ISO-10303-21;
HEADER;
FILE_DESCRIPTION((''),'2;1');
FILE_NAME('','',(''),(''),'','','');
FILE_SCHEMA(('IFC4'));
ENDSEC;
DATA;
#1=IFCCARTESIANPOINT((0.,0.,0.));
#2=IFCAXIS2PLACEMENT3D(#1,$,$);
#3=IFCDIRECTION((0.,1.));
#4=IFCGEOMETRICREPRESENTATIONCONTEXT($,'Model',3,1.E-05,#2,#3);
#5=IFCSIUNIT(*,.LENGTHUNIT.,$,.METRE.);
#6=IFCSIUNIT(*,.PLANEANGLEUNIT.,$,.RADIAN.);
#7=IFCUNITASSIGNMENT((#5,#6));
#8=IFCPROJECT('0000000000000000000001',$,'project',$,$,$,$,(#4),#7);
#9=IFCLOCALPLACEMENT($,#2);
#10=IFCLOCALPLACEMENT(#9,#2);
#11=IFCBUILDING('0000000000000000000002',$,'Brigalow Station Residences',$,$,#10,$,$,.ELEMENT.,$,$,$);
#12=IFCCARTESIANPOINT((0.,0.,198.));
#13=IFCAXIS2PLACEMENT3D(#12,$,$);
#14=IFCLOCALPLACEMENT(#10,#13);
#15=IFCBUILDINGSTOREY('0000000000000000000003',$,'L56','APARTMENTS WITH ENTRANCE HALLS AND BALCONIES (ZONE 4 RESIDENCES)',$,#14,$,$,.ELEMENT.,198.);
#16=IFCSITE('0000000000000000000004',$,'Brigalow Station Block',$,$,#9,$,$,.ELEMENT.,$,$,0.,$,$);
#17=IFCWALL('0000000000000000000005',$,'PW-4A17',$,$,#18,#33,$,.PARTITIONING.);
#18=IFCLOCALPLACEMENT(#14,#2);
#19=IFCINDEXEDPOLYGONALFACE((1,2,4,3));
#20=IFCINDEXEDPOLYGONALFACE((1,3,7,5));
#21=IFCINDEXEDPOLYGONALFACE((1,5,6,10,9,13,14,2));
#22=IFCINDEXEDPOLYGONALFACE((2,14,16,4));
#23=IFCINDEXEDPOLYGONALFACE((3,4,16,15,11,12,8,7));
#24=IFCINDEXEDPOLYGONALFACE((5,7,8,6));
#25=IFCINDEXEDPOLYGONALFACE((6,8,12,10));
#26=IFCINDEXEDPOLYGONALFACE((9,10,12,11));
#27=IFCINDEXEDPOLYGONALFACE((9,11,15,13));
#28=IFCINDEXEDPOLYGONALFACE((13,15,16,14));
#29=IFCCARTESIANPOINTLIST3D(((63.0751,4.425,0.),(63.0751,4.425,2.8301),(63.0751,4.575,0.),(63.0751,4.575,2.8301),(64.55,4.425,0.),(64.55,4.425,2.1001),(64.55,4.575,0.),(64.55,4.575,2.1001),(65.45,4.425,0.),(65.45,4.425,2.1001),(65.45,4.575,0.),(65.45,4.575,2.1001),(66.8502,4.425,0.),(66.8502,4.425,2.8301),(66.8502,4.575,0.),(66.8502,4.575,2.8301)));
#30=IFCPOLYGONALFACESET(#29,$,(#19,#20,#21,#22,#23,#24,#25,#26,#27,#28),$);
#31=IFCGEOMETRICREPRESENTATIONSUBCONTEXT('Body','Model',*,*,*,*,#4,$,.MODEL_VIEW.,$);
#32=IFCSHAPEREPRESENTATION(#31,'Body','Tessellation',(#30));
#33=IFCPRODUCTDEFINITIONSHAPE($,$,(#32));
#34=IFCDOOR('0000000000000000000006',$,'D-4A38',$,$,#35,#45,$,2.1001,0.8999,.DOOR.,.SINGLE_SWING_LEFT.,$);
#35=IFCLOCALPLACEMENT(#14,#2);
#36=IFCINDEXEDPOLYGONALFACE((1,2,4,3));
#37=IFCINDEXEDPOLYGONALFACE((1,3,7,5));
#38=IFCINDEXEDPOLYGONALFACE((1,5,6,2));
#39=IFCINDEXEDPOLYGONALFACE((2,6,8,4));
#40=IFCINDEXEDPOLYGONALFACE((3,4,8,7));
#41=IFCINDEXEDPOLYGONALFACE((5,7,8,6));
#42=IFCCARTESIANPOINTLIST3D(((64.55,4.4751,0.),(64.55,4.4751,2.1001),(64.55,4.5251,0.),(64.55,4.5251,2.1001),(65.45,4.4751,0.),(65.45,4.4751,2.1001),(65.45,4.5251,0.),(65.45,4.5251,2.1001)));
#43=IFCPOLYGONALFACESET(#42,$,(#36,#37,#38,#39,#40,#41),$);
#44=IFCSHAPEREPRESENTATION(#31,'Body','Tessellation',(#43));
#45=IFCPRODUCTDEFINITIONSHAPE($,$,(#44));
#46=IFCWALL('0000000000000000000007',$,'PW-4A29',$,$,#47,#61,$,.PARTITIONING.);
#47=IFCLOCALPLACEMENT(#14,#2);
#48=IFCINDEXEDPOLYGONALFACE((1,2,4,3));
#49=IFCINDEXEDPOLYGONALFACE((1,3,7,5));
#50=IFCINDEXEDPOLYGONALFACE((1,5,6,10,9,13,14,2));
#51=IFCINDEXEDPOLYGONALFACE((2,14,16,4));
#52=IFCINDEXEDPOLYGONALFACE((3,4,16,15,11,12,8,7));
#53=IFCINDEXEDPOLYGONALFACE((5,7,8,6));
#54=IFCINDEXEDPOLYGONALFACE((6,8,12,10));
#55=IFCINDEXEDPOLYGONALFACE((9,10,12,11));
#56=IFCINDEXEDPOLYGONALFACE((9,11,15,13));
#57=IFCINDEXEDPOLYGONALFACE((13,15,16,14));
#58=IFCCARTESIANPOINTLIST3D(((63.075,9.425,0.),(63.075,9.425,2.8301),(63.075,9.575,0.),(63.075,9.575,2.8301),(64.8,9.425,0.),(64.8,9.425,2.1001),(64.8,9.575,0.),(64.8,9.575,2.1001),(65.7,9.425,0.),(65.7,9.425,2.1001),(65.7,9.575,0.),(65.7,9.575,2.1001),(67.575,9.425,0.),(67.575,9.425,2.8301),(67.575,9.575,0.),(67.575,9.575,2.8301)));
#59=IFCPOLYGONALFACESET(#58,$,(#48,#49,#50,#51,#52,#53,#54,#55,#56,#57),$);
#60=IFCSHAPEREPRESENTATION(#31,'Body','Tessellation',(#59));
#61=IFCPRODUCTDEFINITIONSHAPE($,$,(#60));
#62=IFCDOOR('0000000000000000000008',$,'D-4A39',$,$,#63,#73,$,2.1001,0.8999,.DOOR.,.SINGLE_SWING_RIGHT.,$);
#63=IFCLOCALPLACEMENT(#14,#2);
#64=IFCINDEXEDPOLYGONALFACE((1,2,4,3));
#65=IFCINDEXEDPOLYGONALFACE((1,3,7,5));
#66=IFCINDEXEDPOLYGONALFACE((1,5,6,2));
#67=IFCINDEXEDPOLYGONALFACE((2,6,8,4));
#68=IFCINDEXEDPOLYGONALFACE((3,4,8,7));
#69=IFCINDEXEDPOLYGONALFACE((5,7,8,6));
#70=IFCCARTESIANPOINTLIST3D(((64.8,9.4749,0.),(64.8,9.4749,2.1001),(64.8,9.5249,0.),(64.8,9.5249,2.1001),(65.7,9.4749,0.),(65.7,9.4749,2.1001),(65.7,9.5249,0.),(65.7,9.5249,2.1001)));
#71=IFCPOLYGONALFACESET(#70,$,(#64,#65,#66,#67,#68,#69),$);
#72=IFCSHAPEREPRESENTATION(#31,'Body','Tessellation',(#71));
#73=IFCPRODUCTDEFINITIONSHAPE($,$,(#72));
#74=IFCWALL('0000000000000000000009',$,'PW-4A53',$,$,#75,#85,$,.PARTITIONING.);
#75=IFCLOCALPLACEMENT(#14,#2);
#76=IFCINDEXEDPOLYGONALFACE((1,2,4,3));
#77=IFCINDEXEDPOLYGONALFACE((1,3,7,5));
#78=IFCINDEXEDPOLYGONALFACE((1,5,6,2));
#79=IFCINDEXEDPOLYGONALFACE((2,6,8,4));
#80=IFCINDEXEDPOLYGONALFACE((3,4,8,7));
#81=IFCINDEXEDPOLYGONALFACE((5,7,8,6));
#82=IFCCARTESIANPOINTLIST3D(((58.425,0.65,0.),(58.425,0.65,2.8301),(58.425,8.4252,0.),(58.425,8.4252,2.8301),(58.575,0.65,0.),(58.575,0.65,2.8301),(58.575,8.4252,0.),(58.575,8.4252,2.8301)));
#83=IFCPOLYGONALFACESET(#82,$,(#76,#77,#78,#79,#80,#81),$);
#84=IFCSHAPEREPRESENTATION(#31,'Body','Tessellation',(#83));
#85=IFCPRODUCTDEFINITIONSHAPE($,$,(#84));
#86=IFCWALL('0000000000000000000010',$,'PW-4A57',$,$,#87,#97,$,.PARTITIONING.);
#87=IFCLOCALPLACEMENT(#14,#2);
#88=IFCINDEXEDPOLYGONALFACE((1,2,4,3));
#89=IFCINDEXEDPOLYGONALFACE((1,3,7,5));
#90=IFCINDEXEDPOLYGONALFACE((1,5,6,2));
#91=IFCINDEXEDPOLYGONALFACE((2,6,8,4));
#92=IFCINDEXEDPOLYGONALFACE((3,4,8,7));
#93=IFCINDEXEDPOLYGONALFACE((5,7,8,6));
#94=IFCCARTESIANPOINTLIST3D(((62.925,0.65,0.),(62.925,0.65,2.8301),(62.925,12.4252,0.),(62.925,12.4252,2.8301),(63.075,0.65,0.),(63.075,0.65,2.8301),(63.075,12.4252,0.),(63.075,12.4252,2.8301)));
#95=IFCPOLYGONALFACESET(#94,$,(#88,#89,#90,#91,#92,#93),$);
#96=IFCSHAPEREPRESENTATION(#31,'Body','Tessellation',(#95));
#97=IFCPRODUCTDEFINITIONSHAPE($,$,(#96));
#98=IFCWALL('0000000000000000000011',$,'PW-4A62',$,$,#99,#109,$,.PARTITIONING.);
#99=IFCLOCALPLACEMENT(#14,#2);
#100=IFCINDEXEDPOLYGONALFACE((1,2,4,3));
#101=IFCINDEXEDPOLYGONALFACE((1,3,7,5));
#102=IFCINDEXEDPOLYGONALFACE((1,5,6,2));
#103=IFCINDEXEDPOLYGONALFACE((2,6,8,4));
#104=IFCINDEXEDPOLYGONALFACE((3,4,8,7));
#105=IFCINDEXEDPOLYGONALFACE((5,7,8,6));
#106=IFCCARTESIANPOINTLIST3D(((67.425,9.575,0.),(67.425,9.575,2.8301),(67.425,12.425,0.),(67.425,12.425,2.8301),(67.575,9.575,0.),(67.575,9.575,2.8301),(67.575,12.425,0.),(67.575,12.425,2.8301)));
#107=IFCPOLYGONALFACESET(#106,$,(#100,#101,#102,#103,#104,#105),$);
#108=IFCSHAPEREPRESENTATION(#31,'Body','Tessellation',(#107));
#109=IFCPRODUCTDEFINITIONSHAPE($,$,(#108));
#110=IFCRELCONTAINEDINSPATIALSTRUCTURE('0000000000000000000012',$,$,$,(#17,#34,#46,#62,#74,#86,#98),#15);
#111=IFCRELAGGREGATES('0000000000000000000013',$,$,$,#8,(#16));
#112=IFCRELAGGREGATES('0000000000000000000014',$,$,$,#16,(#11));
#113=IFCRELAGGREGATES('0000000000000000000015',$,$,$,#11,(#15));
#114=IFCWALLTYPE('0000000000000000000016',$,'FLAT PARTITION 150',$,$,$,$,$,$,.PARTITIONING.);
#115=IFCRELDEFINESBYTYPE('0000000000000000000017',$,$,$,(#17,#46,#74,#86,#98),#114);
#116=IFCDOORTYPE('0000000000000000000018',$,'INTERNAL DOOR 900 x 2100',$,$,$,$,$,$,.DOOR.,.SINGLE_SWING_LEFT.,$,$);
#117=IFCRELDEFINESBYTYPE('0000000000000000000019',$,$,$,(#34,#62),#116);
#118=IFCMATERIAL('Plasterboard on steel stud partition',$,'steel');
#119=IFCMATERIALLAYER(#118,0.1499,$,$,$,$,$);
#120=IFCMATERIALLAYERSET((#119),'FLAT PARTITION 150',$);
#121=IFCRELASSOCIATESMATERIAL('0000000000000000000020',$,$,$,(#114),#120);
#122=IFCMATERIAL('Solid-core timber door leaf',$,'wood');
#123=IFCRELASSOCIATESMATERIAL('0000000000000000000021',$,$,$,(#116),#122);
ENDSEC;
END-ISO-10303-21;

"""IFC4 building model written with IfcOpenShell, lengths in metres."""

from ifc_helpers import new_model, si_unit, direction, frame, frame_2d, origin, place, context, subcontext, project, spatial, rectangle, extrude, material, layer, layer_set, type_object, element, fill, save


model = new_model("IFC4")

# Units and contexts
model_context = context("Model", 3, precision=1e-05, world=origin(), true_north=direction((0.0, 1.0)))
body_context = subcontext(model_context, "Body", "Model", "MODEL_VIEW")
ifc_project = project(units=[si_unit("LENGTHUNIT", "METRE"), si_unit("PLANEANGLEUNIT", "RADIAN")], contexts=[model_context])

# Site, building, storey
site_placement = place(None, origin())
site = spatial("IfcSite", under=ifc_project, at=site_placement, Name="Brigalow Station Block", CompositionType="ELEMENT", RefElevation=0.0)
building_placement = place(site_placement, origin())
building = spatial("IfcBuilding", under=site, at=building_placement, Name="Brigalow Station Residences", CompositionType="ELEMENT")
storey_placement = place(building_placement, frame((0.0, 0.0, 198.0)))
storey = spatial("IfcBuildingStorey", under=building, at=storey_placement, Name="L56", Description="APARTMENTS WITH ENTRANCE HALLS AND BALCONIES (ZONE 4 RESIDENCES)", CompositionType="ELEMENT", Elevation=198.0)

# Walls, openings, doors
ifc_material_1 = material(Name="Plasterboard on steel stud partition", Category="steel")
ifc_layer_1 = layer(ifc_material_1, 0.1499)
ifc_layer_set_1 = layer_set([ifc_layer_1], Name="FLAT PARTITION 150")
wall_type_1 = type_object("IfcWallType", Name="FLAT PARTITION 150", PredefinedType="PARTITIONING", material=ifc_layer_set_1)
wall_1_placement = place(storey_placement, frame((63.075, 4.5, 0.0), z_axis=(0.0, 0.0, 1.0), x_axis=(1.0, 0.0, 0.0)))
wall_1 = element("IfcWall", 1, at=wall_1_placement, inside=storey, type_object=wall_type_1, Name="PW-4A17", PredefinedType="PARTITIONING", context=body_context, shape_type="SweptSolid", body=[
    extrude(rectangle(XDim=3.7751, YDim=0.1499, at=frame_2d((1.8877, 0.0))), origin(), (0.0, 0.0, 1.0), 2.8301),
])
opening_1_placement = place(wall_1_placement, frame((1.4751, 0.0, 0.0)))
opening_1 = element("IfcOpeningElement", 2, at=opening_1_placement, cuts=wall_1, PredefinedType="OPENING", context=body_context, shape_type="SweptSolid", body=[
    extrude(rectangle(XDim=0.8999, YDim=2.1001, at=frame_2d((0.45, 1.05))), frame((0.0, 0.085, 0.0), z_axis=(0.0, -1.0, 0.0), x_axis=(1.0, 0.0, 0.0)), (0.0, 0.0, 1.0), 0.1699),
])
ifc_material_2 = material(Name="Solid-core timber door leaf", Category="wood")
door_type = type_object("IfcDoorType", Name="INTERNAL DOOR 900 x 2100", OperationType="SINGLE_SWING_LEFT", PredefinedType="DOOR", material=ifc_material_2)
door_1_placement = place(opening_1_placement, frame((0.8999, 0.0, 0.0), z_axis=(0.0, 0.0, 1.0), x_axis=(-1.0, 0.0, 0.0)))
door_1 = element("IfcDoor", 3, at=door_1_placement, inside=storey, type_object=door_type, Name="D-4A38", OperationType="SINGLE_SWING_LEFT", OverallHeight=2.1001, OverallWidth=0.8999, PredefinedType="DOOR", context=body_context, shape_type="SweptSolid", body=[
    extrude(rectangle(XDim=0.8999, YDim=2.1001, at=frame_2d((0.45, 1.05))), frame((0.0, 0.0249, 0.0), z_axis=(0.0, -1.0, 0.0), x_axis=(1.0, 0.0, 0.0)), (0.0, 0.0, 1.0), 0.05),
])
fill(opening_1, door_1)
wall_2_placement = place(storey_placement, frame((63.075, 9.5, 0.0), z_axis=(0.0, 0.0, 1.0), x_axis=(1.0, 0.0, 0.0)))
wall_2 = element("IfcWall", 4, at=wall_2_placement, inside=storey, type_object=wall_type_1, Name="PW-4A29", PredefinedType="PARTITIONING", context=body_context, shape_type="SweptSolid", body=[
    extrude(rectangle(XDim=4.5, YDim=0.1499, at=frame_2d((2.25, 0.0))), origin(), (0.0, 0.0, 1.0), 2.8301),
])
opening_2_placement = place(wall_2_placement, frame((1.7251, 0.0, 0.0)))
opening_2 = element("IfcOpeningElement", 5, at=opening_2_placement, cuts=wall_2, PredefinedType="OPENING", context=body_context, shape_type="SweptSolid", body=[
    extrude(rectangle(XDim=0.8999, YDim=2.1001, at=frame_2d((0.45, 1.05))), frame((0.0, 0.085, 0.0), z_axis=(0.0, -1.0, 0.0), x_axis=(1.0, 0.0, 0.0)), (0.0, 0.0, 1.0), 0.1699),
])
door_2_placement = place(opening_2_placement, origin())
door_2 = element("IfcDoor", 6, at=door_2_placement, inside=storey, type_object=door_type, Name="D-4A39", OperationType="SINGLE_SWING_RIGHT", OverallHeight=2.1001, OverallWidth=0.8999, PredefinedType="DOOR", context=body_context, shape_type="SweptSolid", body=[
    extrude(rectangle(XDim=0.8999, YDim=2.1001, at=frame_2d((0.45, 1.05))), frame((0.0, 0.0249, 0.0), z_axis=(0.0, -1.0, 0.0), x_axis=(1.0, 0.0, 0.0)), (0.0, 0.0, 1.0), 0.05),
])
fill(opening_2, door_2)

# Walls
wall_3_placement = place(storey_placement, frame((58.5, 0.6499, 0.0), z_axis=(0.0, 0.0, 1.0), x_axis=(0.0, 1.0, 0.0)))
element("IfcWall", 7, at=wall_3_placement, inside=storey, type_object=wall_type_1, Name="PW-4A53", PredefinedType="PARTITIONING", context=body_context, shape_type="SweptSolid", body=[
    extrude(rectangle(XDim=7.7751, YDim=0.1499, at=frame_2d((3.8877, 0.0))), origin(), (0.0, 0.0, 1.0), 2.8301),
])
wall_4_placement = place(storey_placement, frame((63.0, 0.6499, 0.0), z_axis=(0.0, 0.0, 1.0), x_axis=(0.0, 1.0, 0.0)))
element("IfcWall", 8, at=wall_4_placement, inside=storey, type_object=wall_type_1, Name="PW-4A57", PredefinedType="PARTITIONING", context=body_context, shape_type="SweptSolid", body=[
    extrude(rectangle(XDim=11.7751, YDim=0.1499, at=frame_2d((5.8877, 0.0))), origin(), (0.0, 0.0, 1.0), 2.8301),
])
wall_5_placement = place(storey_placement, frame((67.5, 9.575, 0.0), z_axis=(0.0, 0.0, 1.0), x_axis=(0.0, 1.0, 0.0)))
element("IfcWall", 9, at=wall_5_placement, inside=storey, type_object=wall_type_1, Name="PW-4A62", PredefinedType="PARTITIONING", context=body_context, shape_type="SweptSolid", body=[
    extrude(rectangle(XDim=2.8501, YDim=0.1499, at=frame_2d((1.425, 0.0))), origin(), (0.0, 0.0, 1.0), 2.8301),
])

save(model, "model.ifc")
